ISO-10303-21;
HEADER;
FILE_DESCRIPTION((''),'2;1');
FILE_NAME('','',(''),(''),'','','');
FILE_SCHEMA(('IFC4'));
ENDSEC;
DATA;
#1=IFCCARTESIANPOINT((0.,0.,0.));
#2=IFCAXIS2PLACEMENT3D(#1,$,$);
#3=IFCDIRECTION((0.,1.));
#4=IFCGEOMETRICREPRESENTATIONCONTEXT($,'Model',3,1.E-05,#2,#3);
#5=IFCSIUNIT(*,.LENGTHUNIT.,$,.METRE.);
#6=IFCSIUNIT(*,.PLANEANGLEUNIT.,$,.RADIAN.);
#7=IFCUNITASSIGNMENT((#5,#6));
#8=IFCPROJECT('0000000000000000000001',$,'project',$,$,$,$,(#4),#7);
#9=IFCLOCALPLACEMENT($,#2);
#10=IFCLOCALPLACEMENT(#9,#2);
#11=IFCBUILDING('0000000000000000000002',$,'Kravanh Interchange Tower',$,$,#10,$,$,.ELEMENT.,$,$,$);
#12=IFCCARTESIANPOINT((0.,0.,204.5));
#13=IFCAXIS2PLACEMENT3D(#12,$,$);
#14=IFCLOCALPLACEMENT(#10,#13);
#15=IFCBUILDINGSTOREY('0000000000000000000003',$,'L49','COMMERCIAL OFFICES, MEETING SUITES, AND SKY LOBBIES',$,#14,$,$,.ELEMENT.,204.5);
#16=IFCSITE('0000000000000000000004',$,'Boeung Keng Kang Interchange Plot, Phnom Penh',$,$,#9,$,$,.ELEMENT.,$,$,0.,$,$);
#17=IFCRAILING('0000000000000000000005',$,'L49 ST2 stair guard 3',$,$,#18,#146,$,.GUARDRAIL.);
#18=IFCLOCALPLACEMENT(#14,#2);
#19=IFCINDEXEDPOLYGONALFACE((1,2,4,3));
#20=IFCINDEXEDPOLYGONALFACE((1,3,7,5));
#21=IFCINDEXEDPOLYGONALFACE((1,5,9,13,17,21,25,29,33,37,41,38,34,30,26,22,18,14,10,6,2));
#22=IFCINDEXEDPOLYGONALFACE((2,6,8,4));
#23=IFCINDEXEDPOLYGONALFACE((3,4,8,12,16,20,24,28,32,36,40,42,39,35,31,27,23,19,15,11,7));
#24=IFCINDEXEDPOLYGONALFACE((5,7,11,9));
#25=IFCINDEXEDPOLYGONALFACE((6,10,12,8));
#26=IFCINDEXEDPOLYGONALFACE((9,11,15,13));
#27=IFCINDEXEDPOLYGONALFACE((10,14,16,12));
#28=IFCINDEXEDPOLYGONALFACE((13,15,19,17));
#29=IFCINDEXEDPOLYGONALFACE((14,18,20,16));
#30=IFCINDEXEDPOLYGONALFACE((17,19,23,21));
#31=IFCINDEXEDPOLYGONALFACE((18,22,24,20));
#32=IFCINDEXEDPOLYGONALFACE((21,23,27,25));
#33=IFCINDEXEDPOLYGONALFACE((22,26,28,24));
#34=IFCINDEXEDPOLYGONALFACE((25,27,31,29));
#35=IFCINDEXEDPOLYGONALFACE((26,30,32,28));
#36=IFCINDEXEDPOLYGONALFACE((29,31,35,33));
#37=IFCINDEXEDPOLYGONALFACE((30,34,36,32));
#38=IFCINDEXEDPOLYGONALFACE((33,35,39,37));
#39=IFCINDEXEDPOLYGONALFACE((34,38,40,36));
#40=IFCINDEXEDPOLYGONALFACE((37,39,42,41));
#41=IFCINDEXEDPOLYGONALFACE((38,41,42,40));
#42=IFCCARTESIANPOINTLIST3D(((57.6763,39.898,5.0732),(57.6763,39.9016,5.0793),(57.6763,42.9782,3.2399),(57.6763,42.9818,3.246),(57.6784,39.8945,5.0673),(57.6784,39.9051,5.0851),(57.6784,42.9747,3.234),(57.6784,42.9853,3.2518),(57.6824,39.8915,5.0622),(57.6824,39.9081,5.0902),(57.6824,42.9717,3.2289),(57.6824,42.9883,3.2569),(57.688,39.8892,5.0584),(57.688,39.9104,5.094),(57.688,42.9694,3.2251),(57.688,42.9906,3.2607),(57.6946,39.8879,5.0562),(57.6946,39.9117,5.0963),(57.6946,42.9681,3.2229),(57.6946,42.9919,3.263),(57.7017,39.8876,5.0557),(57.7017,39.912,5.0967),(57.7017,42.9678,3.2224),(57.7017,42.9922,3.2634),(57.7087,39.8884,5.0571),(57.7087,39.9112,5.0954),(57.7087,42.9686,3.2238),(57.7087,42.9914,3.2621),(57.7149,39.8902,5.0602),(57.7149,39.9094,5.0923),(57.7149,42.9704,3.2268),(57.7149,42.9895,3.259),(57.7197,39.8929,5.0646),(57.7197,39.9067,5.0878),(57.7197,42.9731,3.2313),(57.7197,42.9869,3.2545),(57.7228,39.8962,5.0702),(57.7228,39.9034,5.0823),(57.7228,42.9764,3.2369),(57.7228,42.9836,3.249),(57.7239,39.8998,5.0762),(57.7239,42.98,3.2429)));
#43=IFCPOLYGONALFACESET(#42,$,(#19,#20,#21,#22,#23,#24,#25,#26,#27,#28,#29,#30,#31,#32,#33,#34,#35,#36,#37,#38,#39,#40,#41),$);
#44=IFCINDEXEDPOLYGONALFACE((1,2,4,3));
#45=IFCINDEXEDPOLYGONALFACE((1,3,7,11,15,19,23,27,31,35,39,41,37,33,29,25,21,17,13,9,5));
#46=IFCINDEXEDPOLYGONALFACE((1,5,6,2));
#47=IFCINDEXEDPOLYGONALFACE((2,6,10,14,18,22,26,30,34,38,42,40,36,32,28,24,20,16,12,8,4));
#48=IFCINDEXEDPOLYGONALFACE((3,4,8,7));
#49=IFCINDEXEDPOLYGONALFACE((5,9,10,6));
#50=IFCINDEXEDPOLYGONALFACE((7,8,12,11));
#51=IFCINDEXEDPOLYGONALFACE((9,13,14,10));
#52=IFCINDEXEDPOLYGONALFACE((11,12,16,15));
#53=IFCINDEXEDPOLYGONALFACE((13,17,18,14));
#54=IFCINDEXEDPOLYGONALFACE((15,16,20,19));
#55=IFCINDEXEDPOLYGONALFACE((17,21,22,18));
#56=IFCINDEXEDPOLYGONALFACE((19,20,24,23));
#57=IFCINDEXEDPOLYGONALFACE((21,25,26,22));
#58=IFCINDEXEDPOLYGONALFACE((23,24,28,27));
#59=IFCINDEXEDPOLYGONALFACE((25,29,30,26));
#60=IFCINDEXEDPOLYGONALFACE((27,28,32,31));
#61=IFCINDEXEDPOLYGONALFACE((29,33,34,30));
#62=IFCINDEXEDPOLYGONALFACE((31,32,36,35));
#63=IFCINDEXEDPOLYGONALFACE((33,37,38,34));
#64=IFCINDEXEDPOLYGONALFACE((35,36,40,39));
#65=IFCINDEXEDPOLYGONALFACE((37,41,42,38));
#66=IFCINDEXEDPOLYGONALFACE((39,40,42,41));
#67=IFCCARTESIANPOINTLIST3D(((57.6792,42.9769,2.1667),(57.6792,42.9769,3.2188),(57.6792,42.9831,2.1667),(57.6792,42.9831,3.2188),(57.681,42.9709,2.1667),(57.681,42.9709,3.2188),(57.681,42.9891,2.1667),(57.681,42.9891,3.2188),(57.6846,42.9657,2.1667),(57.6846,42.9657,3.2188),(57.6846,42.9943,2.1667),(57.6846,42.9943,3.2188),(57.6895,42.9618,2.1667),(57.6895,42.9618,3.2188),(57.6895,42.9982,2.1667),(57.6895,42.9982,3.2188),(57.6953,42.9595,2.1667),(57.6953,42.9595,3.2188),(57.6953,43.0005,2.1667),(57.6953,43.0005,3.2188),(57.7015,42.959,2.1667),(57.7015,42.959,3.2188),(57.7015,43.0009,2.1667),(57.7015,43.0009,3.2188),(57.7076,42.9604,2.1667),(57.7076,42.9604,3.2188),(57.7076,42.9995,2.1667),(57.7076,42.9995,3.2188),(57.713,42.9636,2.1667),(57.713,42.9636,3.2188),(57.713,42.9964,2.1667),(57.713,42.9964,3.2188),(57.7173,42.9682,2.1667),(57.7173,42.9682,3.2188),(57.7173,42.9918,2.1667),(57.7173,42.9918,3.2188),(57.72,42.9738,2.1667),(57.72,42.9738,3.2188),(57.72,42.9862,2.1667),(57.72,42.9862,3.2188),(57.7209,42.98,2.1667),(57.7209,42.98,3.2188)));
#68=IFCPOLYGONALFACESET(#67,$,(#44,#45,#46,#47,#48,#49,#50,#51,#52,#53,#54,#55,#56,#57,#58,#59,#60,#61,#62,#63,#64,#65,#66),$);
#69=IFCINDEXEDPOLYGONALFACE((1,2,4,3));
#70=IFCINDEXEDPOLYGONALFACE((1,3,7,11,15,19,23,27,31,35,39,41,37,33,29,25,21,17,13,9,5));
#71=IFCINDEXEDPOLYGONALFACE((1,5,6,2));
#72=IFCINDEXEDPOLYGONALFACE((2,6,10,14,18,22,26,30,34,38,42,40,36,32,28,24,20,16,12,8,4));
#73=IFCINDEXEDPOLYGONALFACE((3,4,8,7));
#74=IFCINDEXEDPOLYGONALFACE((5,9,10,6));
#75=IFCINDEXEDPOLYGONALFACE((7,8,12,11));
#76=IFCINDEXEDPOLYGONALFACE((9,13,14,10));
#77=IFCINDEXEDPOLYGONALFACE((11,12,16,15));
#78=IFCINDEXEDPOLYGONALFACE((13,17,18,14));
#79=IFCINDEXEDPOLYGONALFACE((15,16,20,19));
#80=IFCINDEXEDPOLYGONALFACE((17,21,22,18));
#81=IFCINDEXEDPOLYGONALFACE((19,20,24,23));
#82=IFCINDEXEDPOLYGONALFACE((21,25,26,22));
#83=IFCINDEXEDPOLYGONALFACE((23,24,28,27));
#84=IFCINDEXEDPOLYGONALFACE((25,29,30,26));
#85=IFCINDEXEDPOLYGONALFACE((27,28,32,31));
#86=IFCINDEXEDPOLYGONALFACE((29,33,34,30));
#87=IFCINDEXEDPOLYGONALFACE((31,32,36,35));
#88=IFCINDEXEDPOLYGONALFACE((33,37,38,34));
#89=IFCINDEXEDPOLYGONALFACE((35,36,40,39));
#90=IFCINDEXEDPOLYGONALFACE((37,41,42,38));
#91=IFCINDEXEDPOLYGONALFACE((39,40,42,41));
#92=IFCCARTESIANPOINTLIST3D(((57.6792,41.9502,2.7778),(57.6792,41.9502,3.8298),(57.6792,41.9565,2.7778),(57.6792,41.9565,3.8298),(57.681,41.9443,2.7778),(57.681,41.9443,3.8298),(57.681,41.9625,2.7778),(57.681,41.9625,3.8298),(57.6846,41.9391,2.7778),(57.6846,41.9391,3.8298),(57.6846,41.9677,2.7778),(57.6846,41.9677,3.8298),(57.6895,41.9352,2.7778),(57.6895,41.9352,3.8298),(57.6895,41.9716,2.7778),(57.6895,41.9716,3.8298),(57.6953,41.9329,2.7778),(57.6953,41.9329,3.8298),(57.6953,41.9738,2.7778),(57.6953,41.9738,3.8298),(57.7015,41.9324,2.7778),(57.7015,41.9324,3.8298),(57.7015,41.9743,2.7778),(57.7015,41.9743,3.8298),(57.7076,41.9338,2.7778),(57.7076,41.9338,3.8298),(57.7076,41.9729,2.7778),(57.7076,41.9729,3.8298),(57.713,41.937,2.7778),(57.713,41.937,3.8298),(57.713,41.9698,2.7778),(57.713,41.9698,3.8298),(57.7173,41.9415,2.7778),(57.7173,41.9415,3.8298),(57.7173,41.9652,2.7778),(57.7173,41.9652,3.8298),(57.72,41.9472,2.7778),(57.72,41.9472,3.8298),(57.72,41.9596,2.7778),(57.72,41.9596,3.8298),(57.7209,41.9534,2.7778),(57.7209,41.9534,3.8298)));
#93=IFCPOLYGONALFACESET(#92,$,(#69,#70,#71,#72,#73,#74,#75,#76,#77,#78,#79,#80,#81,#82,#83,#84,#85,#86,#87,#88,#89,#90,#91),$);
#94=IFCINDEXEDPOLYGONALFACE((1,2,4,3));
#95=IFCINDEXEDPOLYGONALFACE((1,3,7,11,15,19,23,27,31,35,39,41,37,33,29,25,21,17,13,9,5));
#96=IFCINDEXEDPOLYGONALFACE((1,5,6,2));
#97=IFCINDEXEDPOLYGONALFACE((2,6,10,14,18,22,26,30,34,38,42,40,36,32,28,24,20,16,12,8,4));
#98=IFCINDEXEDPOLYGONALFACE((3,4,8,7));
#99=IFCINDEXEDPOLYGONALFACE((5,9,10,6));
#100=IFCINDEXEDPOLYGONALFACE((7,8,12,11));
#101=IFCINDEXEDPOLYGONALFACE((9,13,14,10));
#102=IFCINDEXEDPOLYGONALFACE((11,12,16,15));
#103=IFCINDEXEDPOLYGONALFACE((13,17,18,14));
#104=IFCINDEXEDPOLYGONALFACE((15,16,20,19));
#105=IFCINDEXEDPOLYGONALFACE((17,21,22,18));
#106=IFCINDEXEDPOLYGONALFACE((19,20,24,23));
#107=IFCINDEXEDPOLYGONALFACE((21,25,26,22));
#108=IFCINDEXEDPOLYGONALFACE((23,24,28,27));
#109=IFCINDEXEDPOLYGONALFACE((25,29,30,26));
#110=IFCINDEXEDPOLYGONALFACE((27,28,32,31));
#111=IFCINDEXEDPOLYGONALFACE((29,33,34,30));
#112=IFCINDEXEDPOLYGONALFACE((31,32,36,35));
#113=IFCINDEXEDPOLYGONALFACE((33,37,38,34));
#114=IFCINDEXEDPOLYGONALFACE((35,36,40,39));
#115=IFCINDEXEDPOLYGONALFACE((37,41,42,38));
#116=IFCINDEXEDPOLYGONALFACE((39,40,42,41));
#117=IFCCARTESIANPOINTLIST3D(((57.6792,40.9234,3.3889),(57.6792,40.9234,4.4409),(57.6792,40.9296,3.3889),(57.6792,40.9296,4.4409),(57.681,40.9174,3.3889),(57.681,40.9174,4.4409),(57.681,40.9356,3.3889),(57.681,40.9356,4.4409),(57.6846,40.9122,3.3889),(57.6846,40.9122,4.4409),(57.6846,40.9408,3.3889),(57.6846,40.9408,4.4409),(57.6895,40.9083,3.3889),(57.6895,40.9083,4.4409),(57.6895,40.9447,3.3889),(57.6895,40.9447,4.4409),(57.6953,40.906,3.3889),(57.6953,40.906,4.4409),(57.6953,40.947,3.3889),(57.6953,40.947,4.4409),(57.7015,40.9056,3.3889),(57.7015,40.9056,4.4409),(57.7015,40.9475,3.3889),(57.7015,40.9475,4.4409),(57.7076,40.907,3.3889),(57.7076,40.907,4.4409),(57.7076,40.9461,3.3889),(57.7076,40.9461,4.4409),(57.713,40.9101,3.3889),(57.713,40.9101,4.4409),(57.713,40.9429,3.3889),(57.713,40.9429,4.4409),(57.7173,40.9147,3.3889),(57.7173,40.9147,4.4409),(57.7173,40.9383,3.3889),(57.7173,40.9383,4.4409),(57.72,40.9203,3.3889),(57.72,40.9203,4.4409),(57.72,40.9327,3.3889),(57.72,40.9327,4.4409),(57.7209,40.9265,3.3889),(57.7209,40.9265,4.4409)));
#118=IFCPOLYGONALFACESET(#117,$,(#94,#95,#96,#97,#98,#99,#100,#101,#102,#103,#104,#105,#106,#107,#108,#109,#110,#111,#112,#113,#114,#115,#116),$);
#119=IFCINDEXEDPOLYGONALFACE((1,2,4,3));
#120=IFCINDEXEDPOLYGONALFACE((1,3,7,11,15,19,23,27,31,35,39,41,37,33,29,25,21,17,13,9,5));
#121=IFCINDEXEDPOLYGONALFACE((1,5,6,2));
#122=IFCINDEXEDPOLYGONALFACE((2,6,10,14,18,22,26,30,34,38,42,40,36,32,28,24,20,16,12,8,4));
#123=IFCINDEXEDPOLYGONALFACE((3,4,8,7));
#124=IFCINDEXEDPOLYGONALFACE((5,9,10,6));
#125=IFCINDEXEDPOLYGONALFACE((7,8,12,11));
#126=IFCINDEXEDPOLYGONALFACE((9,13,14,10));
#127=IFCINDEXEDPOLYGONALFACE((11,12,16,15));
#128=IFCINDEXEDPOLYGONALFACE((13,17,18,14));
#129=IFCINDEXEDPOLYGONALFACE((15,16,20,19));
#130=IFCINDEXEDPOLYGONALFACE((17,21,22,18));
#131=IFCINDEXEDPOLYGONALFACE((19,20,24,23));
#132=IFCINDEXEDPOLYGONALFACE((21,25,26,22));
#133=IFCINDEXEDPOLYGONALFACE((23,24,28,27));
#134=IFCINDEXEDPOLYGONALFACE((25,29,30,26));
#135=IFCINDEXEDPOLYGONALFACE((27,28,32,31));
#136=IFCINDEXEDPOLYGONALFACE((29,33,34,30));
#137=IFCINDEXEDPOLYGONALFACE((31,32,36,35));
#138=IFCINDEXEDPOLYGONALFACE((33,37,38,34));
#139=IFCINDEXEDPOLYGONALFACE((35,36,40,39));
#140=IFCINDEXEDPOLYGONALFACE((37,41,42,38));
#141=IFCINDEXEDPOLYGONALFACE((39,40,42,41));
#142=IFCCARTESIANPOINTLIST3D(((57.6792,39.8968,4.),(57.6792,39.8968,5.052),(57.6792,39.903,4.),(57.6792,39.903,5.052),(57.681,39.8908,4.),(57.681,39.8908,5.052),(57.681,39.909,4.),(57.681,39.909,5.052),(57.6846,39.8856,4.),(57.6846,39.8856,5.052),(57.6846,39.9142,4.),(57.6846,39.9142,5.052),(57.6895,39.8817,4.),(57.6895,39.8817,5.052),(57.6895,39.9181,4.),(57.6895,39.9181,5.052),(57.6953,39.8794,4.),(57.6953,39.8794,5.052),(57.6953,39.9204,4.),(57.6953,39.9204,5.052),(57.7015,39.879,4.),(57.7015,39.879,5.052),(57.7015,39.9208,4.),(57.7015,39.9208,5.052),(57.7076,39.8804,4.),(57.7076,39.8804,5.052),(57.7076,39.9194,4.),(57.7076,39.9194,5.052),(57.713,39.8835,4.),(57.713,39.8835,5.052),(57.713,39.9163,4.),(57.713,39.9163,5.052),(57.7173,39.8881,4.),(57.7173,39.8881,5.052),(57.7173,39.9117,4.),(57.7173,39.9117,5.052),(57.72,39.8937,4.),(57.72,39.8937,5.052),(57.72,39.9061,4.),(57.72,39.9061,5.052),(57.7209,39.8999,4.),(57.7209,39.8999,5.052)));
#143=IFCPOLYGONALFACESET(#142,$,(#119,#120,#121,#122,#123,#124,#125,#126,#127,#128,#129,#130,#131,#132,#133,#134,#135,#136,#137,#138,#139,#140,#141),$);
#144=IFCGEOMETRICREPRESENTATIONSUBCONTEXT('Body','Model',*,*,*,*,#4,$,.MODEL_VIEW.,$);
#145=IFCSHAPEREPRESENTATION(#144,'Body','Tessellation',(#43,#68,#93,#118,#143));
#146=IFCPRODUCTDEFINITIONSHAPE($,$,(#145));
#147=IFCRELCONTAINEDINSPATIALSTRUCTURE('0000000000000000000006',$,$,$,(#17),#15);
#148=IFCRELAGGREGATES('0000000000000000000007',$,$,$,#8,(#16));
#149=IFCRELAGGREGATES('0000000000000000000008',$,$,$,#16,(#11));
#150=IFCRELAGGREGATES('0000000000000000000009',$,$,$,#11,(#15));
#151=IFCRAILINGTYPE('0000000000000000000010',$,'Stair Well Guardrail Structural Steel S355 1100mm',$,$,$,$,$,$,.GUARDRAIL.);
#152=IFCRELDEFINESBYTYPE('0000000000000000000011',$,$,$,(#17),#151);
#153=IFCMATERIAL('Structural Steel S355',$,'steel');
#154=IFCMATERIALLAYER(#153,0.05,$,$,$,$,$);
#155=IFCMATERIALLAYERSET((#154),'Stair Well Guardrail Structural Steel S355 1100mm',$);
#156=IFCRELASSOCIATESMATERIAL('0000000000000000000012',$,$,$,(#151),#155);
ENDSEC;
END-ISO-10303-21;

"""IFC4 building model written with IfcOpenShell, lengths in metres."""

from ifc_helpers import new_model, si_unit, direction, frame, origin, origin_2d, place, context, subcontext, project, spatial, circle, extrude, material, layer, layer_set, type_object, element, save


model = new_model("IFC4")

# Units and contexts
model_context = context("Model", 3, precision=1e-05, world=origin(), true_north=direction((0.0, 1.0)))
body_context = subcontext(model_context, "Body", "Model", "MODEL_VIEW")
ifc_project = project(units=[si_unit("LENGTHUNIT", "METRE"), si_unit("PLANEANGLEUNIT", "RADIAN")], contexts=[model_context])

# Site, building, storey
site_placement = place(None, origin())
site = spatial("IfcSite", under=ifc_project, at=site_placement, Name="Boeung Keng Kang Interchange Plot, Phnom Penh", CompositionType="ELEMENT", RefElevation=0.0)
building_placement = place(site_placement, origin())
building = spatial("IfcBuilding", under=site, at=building_placement, Name="Kravanh Interchange Tower", CompositionType="ELEMENT")
storey_placement = place(building_placement, frame((0.0, 0.0, 204.5)))
storey = spatial("IfcBuildingStorey", under=building, at=storey_placement, Name="L49", Description="COMMERCIAL OFFICES, MEETING SUITES, AND SKY LOBBIES", CompositionType="ELEMENT", Elevation=204.5)

# Railing
ifc_material_1 = material(Name="Structural Steel S355", Category="steel")
ifc_layer_1 = layer(ifc_material_1, 0.05)
ifc_layer_set_1 = layer_set([ifc_layer_1], Name="Stair Well Guardrail Structural Steel S355 1100mm")
railing_type_1 = type_object("IfcRailingType", Name="Stair Well Guardrail Structural Steel S355 1100mm", PredefinedType="GUARDRAIL", material=ifc_layer_set_1)
railing_1_placement = place(storey_placement, frame((57.7, 42.98, 2.1667)))
element("IfcRailing", 1, at=railing_1_placement, inside=storey, type_object=railing_type_1, Name="L49 ST2 stair guard 3", PredefinedType="GUARDRAIL", context=body_context, shape_type="SweptSolid", body=[
    extrude(circle(Radius=0.0239, at=origin_2d()), frame((0.0, 0.0, 1.0762), z_axis=(0.0, -0.859309, 0.511458), x_axis=(1.0, 0.0, 0.0)), (0.0, 0.0, 1.0), 3.5845),
    extrude(circle(Radius=0.021, at=origin_2d()), origin(), (0.0, 0.0, 1.0), 1.052),
    extrude(circle(Radius=0.021, at=origin_2d()), frame((0.0, -1.0266, 0.6111)), (0.0, 0.0, 1.0), 1.052),
    extrude(circle(Radius=0.021, at=origin_2d()), frame((0.0, -2.0535, 1.2222)), (0.0, 0.0, 1.0), 1.052),
    extrude(circle(Radius=0.021, at=origin_2d()), frame((0.0, -3.0801, 1.8333)), (0.0, 0.0, 1.0), 1.052),
])

save(model, "model.ifc")
